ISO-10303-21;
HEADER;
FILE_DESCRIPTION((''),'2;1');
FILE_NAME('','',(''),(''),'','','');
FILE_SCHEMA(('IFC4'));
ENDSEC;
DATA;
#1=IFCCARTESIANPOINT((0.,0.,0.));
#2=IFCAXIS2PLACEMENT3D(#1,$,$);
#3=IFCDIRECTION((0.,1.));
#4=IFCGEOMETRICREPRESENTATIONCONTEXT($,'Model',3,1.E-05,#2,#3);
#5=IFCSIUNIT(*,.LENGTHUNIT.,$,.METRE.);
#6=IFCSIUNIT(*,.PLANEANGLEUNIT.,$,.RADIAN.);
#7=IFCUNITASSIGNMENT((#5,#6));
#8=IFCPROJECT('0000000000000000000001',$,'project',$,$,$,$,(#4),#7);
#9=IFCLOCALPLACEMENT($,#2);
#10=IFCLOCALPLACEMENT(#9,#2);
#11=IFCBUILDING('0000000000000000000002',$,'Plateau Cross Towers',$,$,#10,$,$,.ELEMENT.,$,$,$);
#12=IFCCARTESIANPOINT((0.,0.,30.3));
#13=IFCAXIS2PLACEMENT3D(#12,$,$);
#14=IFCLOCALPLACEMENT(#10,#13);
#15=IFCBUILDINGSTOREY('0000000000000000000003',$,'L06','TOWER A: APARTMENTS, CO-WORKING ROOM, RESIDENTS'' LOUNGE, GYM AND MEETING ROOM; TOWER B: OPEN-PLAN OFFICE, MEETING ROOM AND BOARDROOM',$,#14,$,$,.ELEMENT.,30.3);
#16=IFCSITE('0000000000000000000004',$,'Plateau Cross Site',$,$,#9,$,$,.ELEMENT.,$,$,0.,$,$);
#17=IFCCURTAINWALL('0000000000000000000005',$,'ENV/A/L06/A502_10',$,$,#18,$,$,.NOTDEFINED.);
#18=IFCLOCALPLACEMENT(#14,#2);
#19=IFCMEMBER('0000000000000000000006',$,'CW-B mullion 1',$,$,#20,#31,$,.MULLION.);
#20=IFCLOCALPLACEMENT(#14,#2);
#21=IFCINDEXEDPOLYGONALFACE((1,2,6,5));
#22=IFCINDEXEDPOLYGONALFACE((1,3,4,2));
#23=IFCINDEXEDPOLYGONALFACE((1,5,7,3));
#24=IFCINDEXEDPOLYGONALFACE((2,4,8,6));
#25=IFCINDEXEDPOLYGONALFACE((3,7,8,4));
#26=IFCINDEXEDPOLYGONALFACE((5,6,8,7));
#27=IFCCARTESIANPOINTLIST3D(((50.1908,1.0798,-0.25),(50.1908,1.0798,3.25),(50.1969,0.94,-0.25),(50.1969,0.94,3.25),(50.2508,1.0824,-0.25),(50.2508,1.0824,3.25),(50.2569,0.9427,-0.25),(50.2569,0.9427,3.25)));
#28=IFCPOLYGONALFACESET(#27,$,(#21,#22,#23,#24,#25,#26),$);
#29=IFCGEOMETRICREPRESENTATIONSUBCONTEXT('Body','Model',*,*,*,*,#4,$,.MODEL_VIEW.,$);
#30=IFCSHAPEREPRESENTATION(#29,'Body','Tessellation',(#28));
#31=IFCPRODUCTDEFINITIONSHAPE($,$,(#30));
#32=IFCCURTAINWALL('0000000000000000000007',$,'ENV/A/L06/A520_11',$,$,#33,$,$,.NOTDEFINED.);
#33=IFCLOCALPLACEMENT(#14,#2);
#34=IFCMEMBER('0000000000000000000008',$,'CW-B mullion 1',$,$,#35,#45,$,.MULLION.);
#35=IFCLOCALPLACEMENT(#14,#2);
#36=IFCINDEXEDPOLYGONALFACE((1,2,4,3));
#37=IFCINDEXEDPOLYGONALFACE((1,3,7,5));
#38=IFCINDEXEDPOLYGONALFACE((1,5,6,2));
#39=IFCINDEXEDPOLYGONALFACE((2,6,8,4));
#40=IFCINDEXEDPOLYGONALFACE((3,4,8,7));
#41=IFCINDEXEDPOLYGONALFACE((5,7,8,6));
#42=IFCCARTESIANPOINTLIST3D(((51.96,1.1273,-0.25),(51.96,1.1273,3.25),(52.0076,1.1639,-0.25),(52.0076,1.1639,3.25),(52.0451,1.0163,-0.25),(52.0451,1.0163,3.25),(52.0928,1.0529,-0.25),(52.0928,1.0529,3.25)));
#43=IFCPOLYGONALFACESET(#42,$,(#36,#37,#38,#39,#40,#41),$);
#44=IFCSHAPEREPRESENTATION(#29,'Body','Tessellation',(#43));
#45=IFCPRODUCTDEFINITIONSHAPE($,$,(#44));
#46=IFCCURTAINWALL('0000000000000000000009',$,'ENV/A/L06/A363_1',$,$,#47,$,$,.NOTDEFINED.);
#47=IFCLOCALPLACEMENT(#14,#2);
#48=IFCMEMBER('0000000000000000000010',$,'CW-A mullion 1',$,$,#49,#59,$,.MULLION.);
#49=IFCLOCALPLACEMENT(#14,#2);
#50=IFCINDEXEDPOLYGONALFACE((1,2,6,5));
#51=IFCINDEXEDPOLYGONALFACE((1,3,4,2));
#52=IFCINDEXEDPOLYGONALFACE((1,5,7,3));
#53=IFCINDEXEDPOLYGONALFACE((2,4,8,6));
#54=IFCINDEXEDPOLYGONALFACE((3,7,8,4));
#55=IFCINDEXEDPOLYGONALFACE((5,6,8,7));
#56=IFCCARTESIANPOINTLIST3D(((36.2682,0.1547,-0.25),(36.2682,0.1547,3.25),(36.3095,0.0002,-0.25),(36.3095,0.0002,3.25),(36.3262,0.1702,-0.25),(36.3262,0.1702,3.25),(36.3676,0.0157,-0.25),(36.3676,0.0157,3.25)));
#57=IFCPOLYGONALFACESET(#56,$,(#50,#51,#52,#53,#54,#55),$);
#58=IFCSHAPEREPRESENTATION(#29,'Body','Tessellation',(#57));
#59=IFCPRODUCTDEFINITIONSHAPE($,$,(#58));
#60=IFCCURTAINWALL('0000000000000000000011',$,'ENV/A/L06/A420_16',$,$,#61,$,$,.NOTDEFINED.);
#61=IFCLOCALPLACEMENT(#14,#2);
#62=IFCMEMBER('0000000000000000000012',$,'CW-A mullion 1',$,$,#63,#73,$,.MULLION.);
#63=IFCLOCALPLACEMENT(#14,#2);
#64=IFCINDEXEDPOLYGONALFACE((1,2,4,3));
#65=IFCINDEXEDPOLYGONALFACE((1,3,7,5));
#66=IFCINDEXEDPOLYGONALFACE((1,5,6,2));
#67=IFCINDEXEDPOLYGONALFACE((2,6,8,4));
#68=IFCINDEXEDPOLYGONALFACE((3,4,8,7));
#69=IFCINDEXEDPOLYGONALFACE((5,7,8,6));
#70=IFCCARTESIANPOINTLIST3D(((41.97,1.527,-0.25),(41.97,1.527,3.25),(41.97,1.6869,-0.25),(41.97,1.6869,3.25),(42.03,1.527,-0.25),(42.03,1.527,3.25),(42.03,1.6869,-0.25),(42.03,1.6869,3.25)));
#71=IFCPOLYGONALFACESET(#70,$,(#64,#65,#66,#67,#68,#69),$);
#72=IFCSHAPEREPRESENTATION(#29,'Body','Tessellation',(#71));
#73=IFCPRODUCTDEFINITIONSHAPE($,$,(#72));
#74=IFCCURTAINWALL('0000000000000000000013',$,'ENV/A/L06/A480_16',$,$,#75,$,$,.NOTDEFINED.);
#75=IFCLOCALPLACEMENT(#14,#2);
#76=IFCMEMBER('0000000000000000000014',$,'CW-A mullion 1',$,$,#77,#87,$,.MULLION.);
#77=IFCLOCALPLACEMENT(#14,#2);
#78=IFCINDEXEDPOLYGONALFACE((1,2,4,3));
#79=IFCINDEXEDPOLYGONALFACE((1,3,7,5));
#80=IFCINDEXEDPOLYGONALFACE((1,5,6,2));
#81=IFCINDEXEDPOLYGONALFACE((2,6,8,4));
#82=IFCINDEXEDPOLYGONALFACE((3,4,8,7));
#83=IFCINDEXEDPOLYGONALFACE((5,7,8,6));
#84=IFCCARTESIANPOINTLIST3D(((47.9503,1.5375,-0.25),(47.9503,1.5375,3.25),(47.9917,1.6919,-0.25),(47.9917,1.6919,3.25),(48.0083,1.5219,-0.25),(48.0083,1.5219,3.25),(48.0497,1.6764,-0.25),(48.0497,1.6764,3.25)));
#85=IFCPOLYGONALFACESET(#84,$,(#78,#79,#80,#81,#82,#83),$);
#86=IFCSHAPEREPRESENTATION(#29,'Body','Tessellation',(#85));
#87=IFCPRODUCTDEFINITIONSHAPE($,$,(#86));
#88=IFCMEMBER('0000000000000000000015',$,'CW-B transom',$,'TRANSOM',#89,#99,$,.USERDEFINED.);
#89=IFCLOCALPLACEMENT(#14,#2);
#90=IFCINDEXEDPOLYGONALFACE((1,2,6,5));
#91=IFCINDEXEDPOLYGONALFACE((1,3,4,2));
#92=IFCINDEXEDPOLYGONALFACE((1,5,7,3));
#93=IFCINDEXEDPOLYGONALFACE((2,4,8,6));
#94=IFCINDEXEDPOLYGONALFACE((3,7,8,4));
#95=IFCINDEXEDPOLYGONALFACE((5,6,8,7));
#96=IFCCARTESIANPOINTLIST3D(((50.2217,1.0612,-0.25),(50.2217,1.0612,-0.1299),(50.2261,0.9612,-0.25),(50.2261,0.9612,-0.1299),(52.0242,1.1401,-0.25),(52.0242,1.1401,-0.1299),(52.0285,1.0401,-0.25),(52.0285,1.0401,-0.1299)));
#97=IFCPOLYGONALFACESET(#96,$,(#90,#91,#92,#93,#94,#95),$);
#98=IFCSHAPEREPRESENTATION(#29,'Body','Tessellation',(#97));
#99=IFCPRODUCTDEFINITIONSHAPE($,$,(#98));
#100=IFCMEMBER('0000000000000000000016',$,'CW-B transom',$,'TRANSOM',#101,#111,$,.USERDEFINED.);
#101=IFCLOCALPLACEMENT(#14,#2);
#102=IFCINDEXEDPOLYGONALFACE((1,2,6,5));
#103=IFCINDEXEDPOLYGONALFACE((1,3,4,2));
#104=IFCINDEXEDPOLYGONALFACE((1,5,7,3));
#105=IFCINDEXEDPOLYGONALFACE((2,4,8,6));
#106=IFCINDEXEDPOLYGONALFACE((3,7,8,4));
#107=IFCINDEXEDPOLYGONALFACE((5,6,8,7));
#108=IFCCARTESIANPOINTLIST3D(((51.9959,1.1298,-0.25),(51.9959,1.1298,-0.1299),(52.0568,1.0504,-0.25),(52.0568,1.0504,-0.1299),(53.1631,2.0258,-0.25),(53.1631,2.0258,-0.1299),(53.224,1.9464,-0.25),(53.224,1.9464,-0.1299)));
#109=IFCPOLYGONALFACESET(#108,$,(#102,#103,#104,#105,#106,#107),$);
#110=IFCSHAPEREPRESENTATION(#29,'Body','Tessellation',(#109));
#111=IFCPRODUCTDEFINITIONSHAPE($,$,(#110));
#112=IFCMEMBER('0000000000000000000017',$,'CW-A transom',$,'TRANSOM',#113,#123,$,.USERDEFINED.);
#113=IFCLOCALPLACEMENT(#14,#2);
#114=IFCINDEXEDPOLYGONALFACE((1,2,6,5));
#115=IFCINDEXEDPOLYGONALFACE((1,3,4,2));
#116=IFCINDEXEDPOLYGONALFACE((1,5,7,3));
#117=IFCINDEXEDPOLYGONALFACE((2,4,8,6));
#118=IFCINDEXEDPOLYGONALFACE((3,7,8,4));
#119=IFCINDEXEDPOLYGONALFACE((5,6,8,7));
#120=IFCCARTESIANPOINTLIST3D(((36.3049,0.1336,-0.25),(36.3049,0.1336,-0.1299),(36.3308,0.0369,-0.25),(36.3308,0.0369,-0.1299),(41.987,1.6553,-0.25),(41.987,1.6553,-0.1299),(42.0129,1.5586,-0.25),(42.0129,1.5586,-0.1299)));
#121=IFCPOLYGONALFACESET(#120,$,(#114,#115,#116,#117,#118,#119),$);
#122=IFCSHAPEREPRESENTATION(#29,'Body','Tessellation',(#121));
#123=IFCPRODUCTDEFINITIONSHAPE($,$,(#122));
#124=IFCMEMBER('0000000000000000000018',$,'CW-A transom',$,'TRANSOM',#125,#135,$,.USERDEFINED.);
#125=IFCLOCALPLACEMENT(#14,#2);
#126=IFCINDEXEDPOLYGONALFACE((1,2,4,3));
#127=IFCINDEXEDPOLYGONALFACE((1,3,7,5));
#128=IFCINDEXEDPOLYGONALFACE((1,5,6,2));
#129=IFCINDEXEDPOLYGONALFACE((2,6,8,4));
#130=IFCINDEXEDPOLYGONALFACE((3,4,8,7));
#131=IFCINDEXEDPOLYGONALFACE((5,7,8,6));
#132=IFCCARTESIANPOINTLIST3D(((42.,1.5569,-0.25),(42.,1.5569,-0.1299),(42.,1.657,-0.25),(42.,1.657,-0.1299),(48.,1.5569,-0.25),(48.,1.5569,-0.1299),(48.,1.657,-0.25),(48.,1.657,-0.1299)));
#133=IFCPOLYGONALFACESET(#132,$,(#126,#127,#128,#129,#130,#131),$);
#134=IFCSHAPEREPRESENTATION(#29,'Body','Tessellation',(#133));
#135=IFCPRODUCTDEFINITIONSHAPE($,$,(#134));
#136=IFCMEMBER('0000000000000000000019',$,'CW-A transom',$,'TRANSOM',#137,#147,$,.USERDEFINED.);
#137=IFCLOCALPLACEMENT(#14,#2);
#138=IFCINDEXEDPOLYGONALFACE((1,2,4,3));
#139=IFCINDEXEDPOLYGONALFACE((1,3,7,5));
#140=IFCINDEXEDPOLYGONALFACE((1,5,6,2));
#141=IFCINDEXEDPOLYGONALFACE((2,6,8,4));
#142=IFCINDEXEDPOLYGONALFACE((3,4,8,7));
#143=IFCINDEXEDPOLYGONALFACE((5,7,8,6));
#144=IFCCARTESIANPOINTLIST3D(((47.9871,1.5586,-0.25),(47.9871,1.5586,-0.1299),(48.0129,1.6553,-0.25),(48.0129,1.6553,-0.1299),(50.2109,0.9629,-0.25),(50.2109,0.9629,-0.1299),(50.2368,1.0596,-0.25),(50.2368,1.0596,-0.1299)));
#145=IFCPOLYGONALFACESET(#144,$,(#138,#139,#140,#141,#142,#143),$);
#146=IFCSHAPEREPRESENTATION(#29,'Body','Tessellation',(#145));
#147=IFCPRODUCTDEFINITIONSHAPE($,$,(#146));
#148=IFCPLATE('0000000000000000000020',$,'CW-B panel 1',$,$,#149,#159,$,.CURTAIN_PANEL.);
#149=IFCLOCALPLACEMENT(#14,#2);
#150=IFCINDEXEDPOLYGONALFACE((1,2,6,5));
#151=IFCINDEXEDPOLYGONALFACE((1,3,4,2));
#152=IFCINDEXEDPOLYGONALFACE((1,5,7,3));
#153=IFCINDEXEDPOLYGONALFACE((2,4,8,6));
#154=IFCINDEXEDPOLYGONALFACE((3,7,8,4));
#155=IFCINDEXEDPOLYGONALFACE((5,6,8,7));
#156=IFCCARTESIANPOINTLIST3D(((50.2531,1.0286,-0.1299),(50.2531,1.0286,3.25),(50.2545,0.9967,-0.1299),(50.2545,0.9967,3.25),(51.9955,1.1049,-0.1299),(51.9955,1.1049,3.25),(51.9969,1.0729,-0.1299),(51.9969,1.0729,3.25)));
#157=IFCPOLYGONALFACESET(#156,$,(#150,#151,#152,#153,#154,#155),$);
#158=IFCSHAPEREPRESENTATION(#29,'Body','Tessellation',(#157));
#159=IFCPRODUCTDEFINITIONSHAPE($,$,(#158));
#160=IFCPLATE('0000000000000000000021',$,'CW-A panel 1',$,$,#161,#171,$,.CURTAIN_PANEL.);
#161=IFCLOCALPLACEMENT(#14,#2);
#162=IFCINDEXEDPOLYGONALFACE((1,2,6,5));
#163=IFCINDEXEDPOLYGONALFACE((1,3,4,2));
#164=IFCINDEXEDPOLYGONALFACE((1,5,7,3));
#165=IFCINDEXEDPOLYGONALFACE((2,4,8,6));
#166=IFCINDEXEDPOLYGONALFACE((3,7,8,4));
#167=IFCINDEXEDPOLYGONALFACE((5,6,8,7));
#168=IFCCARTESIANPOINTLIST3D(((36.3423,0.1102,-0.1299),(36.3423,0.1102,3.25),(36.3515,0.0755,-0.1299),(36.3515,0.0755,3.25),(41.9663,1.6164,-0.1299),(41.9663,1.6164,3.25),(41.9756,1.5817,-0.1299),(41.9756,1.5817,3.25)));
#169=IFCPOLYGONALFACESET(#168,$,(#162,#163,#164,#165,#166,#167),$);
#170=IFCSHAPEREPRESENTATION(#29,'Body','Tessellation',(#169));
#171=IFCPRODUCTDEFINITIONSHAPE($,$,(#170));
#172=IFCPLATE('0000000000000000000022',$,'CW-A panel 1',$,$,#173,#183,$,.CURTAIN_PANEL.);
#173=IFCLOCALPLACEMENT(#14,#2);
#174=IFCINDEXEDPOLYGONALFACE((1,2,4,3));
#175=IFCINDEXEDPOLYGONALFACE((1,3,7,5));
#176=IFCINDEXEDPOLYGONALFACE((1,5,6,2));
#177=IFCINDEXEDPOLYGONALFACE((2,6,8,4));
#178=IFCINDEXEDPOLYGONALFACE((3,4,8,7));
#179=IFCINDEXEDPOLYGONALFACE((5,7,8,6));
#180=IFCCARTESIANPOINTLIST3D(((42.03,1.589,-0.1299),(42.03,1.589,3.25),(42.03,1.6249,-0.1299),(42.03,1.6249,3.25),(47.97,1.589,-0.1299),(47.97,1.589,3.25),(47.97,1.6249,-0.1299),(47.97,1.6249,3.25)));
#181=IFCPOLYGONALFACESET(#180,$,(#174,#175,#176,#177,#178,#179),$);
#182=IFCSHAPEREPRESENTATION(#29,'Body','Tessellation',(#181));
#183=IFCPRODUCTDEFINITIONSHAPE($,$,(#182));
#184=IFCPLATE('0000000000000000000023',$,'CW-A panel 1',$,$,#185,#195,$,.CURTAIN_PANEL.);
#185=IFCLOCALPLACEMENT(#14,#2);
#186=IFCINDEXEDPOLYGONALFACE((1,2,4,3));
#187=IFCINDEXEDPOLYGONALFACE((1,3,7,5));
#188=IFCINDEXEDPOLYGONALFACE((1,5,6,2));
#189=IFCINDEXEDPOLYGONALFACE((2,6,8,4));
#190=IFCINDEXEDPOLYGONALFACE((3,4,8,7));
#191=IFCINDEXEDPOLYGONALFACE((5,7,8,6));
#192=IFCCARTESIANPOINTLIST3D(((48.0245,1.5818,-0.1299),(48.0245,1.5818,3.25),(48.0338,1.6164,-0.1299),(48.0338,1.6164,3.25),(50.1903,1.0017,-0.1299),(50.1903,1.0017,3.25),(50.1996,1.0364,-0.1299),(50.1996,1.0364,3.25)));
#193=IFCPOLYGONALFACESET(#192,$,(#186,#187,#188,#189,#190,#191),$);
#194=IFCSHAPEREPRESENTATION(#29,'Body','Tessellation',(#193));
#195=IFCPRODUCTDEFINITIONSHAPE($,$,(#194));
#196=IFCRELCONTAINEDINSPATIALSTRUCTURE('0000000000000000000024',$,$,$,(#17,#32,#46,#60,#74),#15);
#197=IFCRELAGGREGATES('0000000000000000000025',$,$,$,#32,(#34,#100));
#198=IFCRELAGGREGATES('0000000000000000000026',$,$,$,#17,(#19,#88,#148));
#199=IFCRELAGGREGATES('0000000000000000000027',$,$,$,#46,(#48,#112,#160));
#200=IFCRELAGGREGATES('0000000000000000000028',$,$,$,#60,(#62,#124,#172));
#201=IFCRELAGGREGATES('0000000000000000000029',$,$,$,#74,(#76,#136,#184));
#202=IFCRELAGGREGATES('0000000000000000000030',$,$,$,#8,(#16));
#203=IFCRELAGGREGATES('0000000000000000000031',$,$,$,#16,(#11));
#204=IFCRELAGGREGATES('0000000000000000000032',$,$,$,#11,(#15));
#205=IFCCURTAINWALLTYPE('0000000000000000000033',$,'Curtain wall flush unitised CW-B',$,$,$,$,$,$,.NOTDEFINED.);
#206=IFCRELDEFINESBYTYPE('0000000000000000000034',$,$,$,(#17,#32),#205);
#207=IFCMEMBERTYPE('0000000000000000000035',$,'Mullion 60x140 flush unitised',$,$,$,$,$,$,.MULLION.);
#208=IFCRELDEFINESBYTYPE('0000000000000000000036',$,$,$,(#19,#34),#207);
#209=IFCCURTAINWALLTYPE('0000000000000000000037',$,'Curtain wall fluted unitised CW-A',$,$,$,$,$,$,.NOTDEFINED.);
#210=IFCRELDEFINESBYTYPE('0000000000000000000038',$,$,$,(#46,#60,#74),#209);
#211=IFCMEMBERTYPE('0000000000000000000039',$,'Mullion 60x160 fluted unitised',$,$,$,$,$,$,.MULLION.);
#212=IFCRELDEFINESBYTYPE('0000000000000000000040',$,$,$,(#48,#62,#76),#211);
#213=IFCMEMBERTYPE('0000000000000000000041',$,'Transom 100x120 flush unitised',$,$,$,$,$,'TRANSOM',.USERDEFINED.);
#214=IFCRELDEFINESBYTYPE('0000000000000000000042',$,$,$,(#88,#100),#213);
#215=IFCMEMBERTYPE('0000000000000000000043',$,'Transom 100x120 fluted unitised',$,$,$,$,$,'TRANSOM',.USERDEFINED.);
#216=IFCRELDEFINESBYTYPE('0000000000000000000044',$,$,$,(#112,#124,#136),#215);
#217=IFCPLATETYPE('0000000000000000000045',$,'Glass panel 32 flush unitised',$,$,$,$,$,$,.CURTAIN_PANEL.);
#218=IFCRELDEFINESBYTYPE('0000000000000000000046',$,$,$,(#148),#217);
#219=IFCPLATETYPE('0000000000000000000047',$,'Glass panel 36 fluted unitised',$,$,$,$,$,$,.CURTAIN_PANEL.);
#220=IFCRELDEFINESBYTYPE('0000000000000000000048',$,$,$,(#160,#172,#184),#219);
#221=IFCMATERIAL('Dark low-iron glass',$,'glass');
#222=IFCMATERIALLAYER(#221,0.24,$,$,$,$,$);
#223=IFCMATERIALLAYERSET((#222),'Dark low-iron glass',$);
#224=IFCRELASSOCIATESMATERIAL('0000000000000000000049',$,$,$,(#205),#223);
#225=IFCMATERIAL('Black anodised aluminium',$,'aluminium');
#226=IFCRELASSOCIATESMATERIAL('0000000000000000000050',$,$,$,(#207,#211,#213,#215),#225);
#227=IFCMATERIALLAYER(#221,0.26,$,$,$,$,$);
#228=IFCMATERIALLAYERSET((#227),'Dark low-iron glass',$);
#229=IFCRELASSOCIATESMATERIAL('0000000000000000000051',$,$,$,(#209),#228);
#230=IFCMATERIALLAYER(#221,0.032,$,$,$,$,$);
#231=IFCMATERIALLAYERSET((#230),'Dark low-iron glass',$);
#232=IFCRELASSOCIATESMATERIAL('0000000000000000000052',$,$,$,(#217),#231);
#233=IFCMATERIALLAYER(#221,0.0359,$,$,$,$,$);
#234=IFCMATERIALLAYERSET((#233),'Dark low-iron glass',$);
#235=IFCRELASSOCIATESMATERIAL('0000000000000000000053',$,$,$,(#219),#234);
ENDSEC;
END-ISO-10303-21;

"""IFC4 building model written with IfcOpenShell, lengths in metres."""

from ifc_helpers import new_model, si_unit, direction, frame, origin, origin_2d, place, context, subcontext, project, spatial, rectangle, extrude, material, layer, layer_set, material_profile, profile_set, type_object, element, aggregate, save


model = new_model("IFC4")

# Units and contexts
model_context = context("Model", 3, precision=1e-05, world=origin(), true_north=direction((0.0, 1.0)))
body_context = subcontext(model_context, "Body", "Model", "MODEL_VIEW")
ifc_project = project(units=[si_unit("LENGTHUNIT", "METRE"), si_unit("PLANEANGLEUNIT", "RADIAN")], contexts=[model_context])

# Site, building, storey
site_placement = place(None, origin())
site = spatial("IfcSite", under=ifc_project, at=site_placement, Name="Plateau Cross Site", CompositionType="ELEMENT", RefElevation=0.0)
building_placement = place(site_placement, origin())
building = spatial("IfcBuilding", under=site, at=building_placement, Name="Plateau Cross Towers", CompositionType="ELEMENT")
storey_placement = place(building_placement, frame((0.0, 0.0, 30.3)))
storey = spatial("IfcBuildingStorey", under=building, at=storey_placement, Name="L06", Description="TOWER A: APARTMENTS, CO-WORKING ROOM, RESIDENTS' LOUNGE, GYM AND MEETING ROOM; TOWER B: OPEN-PLAN OFFICE, MEETING ROOM AND BOARDROOM", CompositionType="ELEMENT", Elevation=30.3)

# Curtain walls, members
ifc_material_1 = material(Name="Dark low-iron glass", Category="glass")
ifc_layer_1 = layer(ifc_material_1, 0.24)
ifc_layer_set_1 = layer_set([ifc_layer_1], Name="Dark low-iron glass")
curtain_wall_type_1 = type_object("IfcCurtainWallType", Name="Curtain wall flush unitised CW-B", PredefinedType="NOTDEFINED", material=ifc_layer_set_1)
curtain_wall_1_placement = place(storey_placement, origin())
curtain_wall_1 = element("IfcCurtainWall", 1, at=curtain_wall_1_placement, inside=storey, type_object=curtain_wall_type_1, Name="ENV/A/L06/A502_10", PredefinedType="NOTDEFINED")
ifc_material_2 = material(Name="Black anodised aluminium", Category="aluminium")
ifc_material_profile_1 = material_profile(ifc_material_2, rectangle(XDim=0.0601, YDim=0.1399, at=origin_2d()), Name="MULLION 60x140")
ifc_profile_set_1 = profile_set([ifc_material_profile_1], Name="Black anodised aluminium")
member_type_1 = type_object("IfcMemberType", Name="Mullion 60x140 flush unitised", PredefinedType="MULLION", material=ifc_profile_set_1)
member_1_placement = place(storey_placement, frame((50.2239, 1.0112, -0.25), z_axis=(0.0, 0.0, 1.0), x_axis=(0.999044, 0.043723, 0.0)))
member_1 = element("IfcMember", 2, at=member_1_placement, type_object=member_type_1, Name="CW-B mullion 1", PredefinedType="MULLION", context=body_context, shape_type="SweptSolid", body=[
    extrude(rectangle(XDim=0.0601, YDim=0.1399, at=origin_2d()), origin(), (0.0, 0.0, 1.0), 3.5),
])
curtain_wall_2_placement = place(storey_placement, origin())
curtain_wall_2 = element("IfcCurtainWall", 3, at=curtain_wall_2_placement, inside=storey, type_object=curtain_wall_type_1, Name="ENV/A/L06/A520_11", PredefinedType="NOTDEFINED")
member_2_placement = place(storey_placement, frame((52.0264, 1.0901, -0.25), z_axis=(0.0, 0.0, 1.0), x_axis=(0.793316, 0.608811, 0.0)))
member_2 = element("IfcMember", 4, at=member_2_placement, type_object=member_type_1, Name="CW-B mullion 1", PredefinedType="MULLION", context=body_context, shape_type="SweptSolid", body=[
    extrude(rectangle(XDim=0.0601, YDim=0.1399, at=origin_2d()), origin(), (0.0, 0.0, 1.0), 3.5),
])
ifc_layer_2 = layer(ifc_material_1, 0.26)
ifc_layer_set_2 = layer_set([ifc_layer_2], Name="Dark low-iron glass")
curtain_wall_type_2 = type_object("IfcCurtainWallType", Name="Curtain wall fluted unitised CW-A", PredefinedType="NOTDEFINED", material=ifc_layer_set_2)
curtain_wall_3_placement = place(storey_placement, origin())
curtain_wall_3 = element("IfcCurtainWall", 5, at=curtain_wall_3_placement, inside=storey, type_object=curtain_wall_type_2, Name="ENV/A/L06/A363_1", PredefinedType="NOTDEFINED")
ifc_material_profile_2 = material_profile(ifc_material_2, rectangle(XDim=0.0601, YDim=0.1599, at=origin_2d()), Name="MULLION 60x160")
ifc_profile_set_2 = profile_set([ifc_material_profile_2], Name="Black anodised aluminium")
member_type_2 = type_object("IfcMemberType", Name="Mullion 60x160 fluted unitised", PredefinedType="MULLION", material=ifc_profile_set_2)
member_3_placement = place(storey_placement, frame((36.3179, 0.0852, -0.25), z_axis=(0.0, 0.0, 1.0), x_axis=(0.965958, 0.258699, 0.0)))
member_3 = element("IfcMember", 6, at=member_3_placement, type_object=member_type_2, Name="CW-A mullion 1", PredefinedType="MULLION", context=body_context, shape_type="SweptSolid", body=[
    extrude(rectangle(XDim=0.0601, YDim=0.1599, at=origin_2d()), origin(), (0.0, 0.0, 1.0), 3.5),
])
curtain_wall_4_placement = place(storey_placement, origin())
curtain_wall_4 = element("IfcCurtainWall", 7, at=curtain_wall_4_placement, inside=storey, type_object=curtain_wall_type_2, Name="ENV/A/L06/A420_16", PredefinedType="NOTDEFINED")
member_4_placement = place(storey_placement, frame((42.0, 1.6069, -0.25), z_axis=(0.0, 0.0, 1.0), x_axis=(1.0, 0.0, 0.0)))
member_4 = element("IfcMember", 8, at=member_4_placement, type_object=member_type_2, Name="CW-A mullion 1", PredefinedType="MULLION", context=body_context, shape_type="SweptSolid", body=[
    extrude(rectangle(XDim=0.0601, YDim=0.1599, at=origin_2d()), origin(), (0.0, 0.0, 1.0), 3.5),
])
curtain_wall_5_placement = place(storey_placement, origin())
curtain_wall_5 = element("IfcCurtainWall", 9, at=curtain_wall_5_placement, inside=storey, type_object=curtain_wall_type_2, Name="ENV/A/L06/A480_16", PredefinedType="NOTDEFINED")
member_5_placement = place(storey_placement, frame((48.0, 1.6069, -0.25), z_axis=(0.0, 0.0, 1.0), x_axis=(0.965958, -0.258699, 0.0)))
member_5 = element("IfcMember", 10, at=member_5_placement, type_object=member_type_2, Name="CW-A mullion 1", PredefinedType="MULLION", context=body_context, shape_type="SweptSolid", body=[
    extrude(rectangle(XDim=0.0601, YDim=0.1599, at=origin_2d()), origin(), (0.0, 0.0, 1.0), 3.5),
])

# Members
ifc_material_profile_3 = material_profile(ifc_material_2, rectangle(XDim=0.1001, YDim=0.1201, at=origin_2d()), Name="TRANSOM 100x120")
ifc_profile_set_3 = profile_set([ifc_material_profile_3], Name="Black anodised aluminium")
member_type_3 = type_object("IfcMemberType", Name="Transom 100x120 flush unitised", ElementType="TRANSOM", PredefinedType="USERDEFINED", material=ifc_profile_set_3)
member_6_placement = place(storey_placement, frame((50.2239, 1.0112, -0.1899), z_axis=(0.999044, 0.043707, 0.0), x_axis=(-0.043707, 0.999044, 0.0)))
member_6 = element("IfcMember", 11, at=member_6_placement, type_object=member_type_3, Name="CW-B transom", ObjectType="TRANSOM", PredefinedType="USERDEFINED", context=body_context, shape_type="SweptSolid", body=[
    extrude(rectangle(XDim=0.1001, YDim=0.1201, at=origin_2d()), origin(), (0.0, 0.0, 1.0), 1.8042),
])
member_7_placement = place(storey_placement, frame((52.0264, 1.0901, -0.1899), z_axis=(0.79324, 0.608909, 0.0), x_axis=(-0.608909, 0.79324, 0.0)))
member_7 = element("IfcMember", 12, at=member_7_placement, type_object=member_type_3, Name="CW-B transom", ObjectType="TRANSOM", PredefinedType="USERDEFINED", context=body_context, shape_type="SweptSolid", body=[
    extrude(rectangle(XDim=0.1001, YDim=0.1201, at=origin_2d()), origin(), (0.0, 0.0, 1.0), 1.4714),
])
aggregate(curtain_wall_2, [member_2, member_7])
ifc_material_profile_4 = material_profile(ifc_material_2, rectangle(XDim=0.1001, YDim=0.1201, at=origin_2d()), Name="TRANSOM 100x120")
ifc_profile_set_4 = profile_set([ifc_material_profile_4], Name="Black anodised aluminium")
member_type_4 = type_object("IfcMemberType", Name="Transom 100x120 fluted unitised", ElementType="TRANSOM", PredefinedType="USERDEFINED", material=ifc_profile_set_4)
member_8_placement = place(storey_placement, frame((36.3179, 0.0852, -0.1899), z_axis=(0.96596, 0.258693, 0.0), x_axis=(-0.258693, 0.96596, 0.0)))
member_8 = element("IfcMember", 13, at=member_8_placement, type_object=member_type_4, Name="CW-A transom", ObjectType="TRANSOM", PredefinedType="USERDEFINED", context=body_context, shape_type="SweptSolid", body=[
    extrude(rectangle(XDim=0.1001, YDim=0.1201, at=origin_2d()), origin(), (0.0, 0.0, 1.0), 5.8823),
])
member_9_placement = place(storey_placement, frame((42.0, 1.6069, -0.1899), z_axis=(1.0, 0.0, 0.0), x_axis=(0.0, 1.0, 0.0)))
member_9 = element("IfcMember", 14, at=member_9_placement, type_object=member_type_4, Name="CW-A transom", ObjectType="TRANSOM", PredefinedType="USERDEFINED", context=body_context, shape_type="SweptSolid", body=[
    extrude(rectangle(XDim=0.1001, YDim=0.1201, at=origin_2d()), origin(), (0.0, 0.0, 1.0), 6.0),
])
member_10_placement = place(storey_placement, frame((48.0, 1.6069, -0.1899), z_axis=(0.965946, -0.258745, 0.0), x_axis=(0.258745, 0.965946, 0.0)))
member_10 = element("IfcMember", 15, at=member_10_placement, type_object=member_type_4, Name="CW-A transom", ObjectType="TRANSOM", PredefinedType="USERDEFINED", context=body_context, shape_type="SweptSolid", body=[
    extrude(rectangle(XDim=0.1001, YDim=0.1201, at=origin_2d()), origin(), (0.0, 0.0, 1.0), 2.3022),
])

# Plates
ifc_layer_3 = layer(ifc_material_1, 0.032)
ifc_layer_set_3 = layer_set([ifc_layer_3], Name="Dark low-iron glass")
plate_type_1 = type_object("IfcPlateType", Name="Glass panel 32 flush unitised", PredefinedType="CURTAIN_PANEL", material=ifc_layer_set_3)
plate_1_placement = place(storey_placement, frame((51.125, 1.0508, -0.1299), z_axis=(0.0, 0.0, 1.0), x_axis=(0.999044, 0.043723, 0.0)))
plate_1 = element("IfcPlate", 16, at=plate_1_placement, type_object=plate_type_1, Name="CW-B panel 1", PredefinedType="CURTAIN_PANEL", context=body_context, shape_type="SweptSolid", body=[
    extrude(rectangle(XDim=1.7441, YDim=0.032, at=origin_2d()), origin(), (0.0, 0.0, 1.0), 3.3799),
])
aggregate(curtain_wall_1, [member_1, member_6, plate_1])
ifc_layer_4 = layer(ifc_material_1, 0.0359)
ifc_layer_set_4 = layer_set([ifc_layer_4], Name="Dark low-iron glass")
plate_type_2 = type_object("IfcPlateType", Name="Glass panel 36 fluted unitised", PredefinedType="CURTAIN_PANEL", material=ifc_layer_set_4)
plate_2_placement = place(storey_placement, frame((39.1589, 0.8459, -0.1299), z_axis=(0.0, 0.0, 1.0), x_axis=(0.965958, 0.258699, 0.0)))
plate_2 = element("IfcPlate", 17, at=plate_2_placement, type_object=plate_type_2, Name="CW-A panel 1", PredefinedType="CURTAIN_PANEL", context=body_context, shape_type="SweptSolid", body=[
    extrude(rectangle(XDim=5.8223, YDim=0.0359, at=origin_2d()), origin(), (0.0, 0.0, 1.0), 3.3799),
])
aggregate(curtain_wall_3, [member_3, member_8, plate_2])
plate_3_placement = place(storey_placement, frame((45.0, 1.6069, -0.1299), z_axis=(0.0, 0.0, 1.0), x_axis=(1.0, 0.0, 0.0)))
plate_3 = element("IfcPlate", 18, at=plate_3_placement, type_object=plate_type_2, Name="CW-A panel 1", PredefinedType="CURTAIN_PANEL", context=body_context, shape_type="SweptSolid", body=[
    extrude(rectangle(XDim=5.9399, YDim=0.0359, at=origin_2d()), origin(), (0.0, 0.0, 1.0), 3.3799),
])
aggregate(curtain_wall_4, [member_4, member_9, plate_3])
plate_4_placement = place(storey_placement, frame((49.1121, 1.3091, -0.1299), z_axis=(0.0, 0.0, 1.0), x_axis=(0.965958, -0.258699, 0.0)))
plate_4 = element("IfcPlate", 19, at=plate_4_placement, type_object=plate_type_2, Name="CW-A panel 1", PredefinedType="CURTAIN_PANEL", context=body_context, shape_type="SweptSolid", body=[
    extrude(rectangle(XDim=2.2422, YDim=0.0359, at=origin_2d()), origin(), (0.0, 0.0, 1.0), 3.3799),
])
aggregate(curtain_wall_5, [member_5, member_10, plate_4])

save(model, "model.ifc")
